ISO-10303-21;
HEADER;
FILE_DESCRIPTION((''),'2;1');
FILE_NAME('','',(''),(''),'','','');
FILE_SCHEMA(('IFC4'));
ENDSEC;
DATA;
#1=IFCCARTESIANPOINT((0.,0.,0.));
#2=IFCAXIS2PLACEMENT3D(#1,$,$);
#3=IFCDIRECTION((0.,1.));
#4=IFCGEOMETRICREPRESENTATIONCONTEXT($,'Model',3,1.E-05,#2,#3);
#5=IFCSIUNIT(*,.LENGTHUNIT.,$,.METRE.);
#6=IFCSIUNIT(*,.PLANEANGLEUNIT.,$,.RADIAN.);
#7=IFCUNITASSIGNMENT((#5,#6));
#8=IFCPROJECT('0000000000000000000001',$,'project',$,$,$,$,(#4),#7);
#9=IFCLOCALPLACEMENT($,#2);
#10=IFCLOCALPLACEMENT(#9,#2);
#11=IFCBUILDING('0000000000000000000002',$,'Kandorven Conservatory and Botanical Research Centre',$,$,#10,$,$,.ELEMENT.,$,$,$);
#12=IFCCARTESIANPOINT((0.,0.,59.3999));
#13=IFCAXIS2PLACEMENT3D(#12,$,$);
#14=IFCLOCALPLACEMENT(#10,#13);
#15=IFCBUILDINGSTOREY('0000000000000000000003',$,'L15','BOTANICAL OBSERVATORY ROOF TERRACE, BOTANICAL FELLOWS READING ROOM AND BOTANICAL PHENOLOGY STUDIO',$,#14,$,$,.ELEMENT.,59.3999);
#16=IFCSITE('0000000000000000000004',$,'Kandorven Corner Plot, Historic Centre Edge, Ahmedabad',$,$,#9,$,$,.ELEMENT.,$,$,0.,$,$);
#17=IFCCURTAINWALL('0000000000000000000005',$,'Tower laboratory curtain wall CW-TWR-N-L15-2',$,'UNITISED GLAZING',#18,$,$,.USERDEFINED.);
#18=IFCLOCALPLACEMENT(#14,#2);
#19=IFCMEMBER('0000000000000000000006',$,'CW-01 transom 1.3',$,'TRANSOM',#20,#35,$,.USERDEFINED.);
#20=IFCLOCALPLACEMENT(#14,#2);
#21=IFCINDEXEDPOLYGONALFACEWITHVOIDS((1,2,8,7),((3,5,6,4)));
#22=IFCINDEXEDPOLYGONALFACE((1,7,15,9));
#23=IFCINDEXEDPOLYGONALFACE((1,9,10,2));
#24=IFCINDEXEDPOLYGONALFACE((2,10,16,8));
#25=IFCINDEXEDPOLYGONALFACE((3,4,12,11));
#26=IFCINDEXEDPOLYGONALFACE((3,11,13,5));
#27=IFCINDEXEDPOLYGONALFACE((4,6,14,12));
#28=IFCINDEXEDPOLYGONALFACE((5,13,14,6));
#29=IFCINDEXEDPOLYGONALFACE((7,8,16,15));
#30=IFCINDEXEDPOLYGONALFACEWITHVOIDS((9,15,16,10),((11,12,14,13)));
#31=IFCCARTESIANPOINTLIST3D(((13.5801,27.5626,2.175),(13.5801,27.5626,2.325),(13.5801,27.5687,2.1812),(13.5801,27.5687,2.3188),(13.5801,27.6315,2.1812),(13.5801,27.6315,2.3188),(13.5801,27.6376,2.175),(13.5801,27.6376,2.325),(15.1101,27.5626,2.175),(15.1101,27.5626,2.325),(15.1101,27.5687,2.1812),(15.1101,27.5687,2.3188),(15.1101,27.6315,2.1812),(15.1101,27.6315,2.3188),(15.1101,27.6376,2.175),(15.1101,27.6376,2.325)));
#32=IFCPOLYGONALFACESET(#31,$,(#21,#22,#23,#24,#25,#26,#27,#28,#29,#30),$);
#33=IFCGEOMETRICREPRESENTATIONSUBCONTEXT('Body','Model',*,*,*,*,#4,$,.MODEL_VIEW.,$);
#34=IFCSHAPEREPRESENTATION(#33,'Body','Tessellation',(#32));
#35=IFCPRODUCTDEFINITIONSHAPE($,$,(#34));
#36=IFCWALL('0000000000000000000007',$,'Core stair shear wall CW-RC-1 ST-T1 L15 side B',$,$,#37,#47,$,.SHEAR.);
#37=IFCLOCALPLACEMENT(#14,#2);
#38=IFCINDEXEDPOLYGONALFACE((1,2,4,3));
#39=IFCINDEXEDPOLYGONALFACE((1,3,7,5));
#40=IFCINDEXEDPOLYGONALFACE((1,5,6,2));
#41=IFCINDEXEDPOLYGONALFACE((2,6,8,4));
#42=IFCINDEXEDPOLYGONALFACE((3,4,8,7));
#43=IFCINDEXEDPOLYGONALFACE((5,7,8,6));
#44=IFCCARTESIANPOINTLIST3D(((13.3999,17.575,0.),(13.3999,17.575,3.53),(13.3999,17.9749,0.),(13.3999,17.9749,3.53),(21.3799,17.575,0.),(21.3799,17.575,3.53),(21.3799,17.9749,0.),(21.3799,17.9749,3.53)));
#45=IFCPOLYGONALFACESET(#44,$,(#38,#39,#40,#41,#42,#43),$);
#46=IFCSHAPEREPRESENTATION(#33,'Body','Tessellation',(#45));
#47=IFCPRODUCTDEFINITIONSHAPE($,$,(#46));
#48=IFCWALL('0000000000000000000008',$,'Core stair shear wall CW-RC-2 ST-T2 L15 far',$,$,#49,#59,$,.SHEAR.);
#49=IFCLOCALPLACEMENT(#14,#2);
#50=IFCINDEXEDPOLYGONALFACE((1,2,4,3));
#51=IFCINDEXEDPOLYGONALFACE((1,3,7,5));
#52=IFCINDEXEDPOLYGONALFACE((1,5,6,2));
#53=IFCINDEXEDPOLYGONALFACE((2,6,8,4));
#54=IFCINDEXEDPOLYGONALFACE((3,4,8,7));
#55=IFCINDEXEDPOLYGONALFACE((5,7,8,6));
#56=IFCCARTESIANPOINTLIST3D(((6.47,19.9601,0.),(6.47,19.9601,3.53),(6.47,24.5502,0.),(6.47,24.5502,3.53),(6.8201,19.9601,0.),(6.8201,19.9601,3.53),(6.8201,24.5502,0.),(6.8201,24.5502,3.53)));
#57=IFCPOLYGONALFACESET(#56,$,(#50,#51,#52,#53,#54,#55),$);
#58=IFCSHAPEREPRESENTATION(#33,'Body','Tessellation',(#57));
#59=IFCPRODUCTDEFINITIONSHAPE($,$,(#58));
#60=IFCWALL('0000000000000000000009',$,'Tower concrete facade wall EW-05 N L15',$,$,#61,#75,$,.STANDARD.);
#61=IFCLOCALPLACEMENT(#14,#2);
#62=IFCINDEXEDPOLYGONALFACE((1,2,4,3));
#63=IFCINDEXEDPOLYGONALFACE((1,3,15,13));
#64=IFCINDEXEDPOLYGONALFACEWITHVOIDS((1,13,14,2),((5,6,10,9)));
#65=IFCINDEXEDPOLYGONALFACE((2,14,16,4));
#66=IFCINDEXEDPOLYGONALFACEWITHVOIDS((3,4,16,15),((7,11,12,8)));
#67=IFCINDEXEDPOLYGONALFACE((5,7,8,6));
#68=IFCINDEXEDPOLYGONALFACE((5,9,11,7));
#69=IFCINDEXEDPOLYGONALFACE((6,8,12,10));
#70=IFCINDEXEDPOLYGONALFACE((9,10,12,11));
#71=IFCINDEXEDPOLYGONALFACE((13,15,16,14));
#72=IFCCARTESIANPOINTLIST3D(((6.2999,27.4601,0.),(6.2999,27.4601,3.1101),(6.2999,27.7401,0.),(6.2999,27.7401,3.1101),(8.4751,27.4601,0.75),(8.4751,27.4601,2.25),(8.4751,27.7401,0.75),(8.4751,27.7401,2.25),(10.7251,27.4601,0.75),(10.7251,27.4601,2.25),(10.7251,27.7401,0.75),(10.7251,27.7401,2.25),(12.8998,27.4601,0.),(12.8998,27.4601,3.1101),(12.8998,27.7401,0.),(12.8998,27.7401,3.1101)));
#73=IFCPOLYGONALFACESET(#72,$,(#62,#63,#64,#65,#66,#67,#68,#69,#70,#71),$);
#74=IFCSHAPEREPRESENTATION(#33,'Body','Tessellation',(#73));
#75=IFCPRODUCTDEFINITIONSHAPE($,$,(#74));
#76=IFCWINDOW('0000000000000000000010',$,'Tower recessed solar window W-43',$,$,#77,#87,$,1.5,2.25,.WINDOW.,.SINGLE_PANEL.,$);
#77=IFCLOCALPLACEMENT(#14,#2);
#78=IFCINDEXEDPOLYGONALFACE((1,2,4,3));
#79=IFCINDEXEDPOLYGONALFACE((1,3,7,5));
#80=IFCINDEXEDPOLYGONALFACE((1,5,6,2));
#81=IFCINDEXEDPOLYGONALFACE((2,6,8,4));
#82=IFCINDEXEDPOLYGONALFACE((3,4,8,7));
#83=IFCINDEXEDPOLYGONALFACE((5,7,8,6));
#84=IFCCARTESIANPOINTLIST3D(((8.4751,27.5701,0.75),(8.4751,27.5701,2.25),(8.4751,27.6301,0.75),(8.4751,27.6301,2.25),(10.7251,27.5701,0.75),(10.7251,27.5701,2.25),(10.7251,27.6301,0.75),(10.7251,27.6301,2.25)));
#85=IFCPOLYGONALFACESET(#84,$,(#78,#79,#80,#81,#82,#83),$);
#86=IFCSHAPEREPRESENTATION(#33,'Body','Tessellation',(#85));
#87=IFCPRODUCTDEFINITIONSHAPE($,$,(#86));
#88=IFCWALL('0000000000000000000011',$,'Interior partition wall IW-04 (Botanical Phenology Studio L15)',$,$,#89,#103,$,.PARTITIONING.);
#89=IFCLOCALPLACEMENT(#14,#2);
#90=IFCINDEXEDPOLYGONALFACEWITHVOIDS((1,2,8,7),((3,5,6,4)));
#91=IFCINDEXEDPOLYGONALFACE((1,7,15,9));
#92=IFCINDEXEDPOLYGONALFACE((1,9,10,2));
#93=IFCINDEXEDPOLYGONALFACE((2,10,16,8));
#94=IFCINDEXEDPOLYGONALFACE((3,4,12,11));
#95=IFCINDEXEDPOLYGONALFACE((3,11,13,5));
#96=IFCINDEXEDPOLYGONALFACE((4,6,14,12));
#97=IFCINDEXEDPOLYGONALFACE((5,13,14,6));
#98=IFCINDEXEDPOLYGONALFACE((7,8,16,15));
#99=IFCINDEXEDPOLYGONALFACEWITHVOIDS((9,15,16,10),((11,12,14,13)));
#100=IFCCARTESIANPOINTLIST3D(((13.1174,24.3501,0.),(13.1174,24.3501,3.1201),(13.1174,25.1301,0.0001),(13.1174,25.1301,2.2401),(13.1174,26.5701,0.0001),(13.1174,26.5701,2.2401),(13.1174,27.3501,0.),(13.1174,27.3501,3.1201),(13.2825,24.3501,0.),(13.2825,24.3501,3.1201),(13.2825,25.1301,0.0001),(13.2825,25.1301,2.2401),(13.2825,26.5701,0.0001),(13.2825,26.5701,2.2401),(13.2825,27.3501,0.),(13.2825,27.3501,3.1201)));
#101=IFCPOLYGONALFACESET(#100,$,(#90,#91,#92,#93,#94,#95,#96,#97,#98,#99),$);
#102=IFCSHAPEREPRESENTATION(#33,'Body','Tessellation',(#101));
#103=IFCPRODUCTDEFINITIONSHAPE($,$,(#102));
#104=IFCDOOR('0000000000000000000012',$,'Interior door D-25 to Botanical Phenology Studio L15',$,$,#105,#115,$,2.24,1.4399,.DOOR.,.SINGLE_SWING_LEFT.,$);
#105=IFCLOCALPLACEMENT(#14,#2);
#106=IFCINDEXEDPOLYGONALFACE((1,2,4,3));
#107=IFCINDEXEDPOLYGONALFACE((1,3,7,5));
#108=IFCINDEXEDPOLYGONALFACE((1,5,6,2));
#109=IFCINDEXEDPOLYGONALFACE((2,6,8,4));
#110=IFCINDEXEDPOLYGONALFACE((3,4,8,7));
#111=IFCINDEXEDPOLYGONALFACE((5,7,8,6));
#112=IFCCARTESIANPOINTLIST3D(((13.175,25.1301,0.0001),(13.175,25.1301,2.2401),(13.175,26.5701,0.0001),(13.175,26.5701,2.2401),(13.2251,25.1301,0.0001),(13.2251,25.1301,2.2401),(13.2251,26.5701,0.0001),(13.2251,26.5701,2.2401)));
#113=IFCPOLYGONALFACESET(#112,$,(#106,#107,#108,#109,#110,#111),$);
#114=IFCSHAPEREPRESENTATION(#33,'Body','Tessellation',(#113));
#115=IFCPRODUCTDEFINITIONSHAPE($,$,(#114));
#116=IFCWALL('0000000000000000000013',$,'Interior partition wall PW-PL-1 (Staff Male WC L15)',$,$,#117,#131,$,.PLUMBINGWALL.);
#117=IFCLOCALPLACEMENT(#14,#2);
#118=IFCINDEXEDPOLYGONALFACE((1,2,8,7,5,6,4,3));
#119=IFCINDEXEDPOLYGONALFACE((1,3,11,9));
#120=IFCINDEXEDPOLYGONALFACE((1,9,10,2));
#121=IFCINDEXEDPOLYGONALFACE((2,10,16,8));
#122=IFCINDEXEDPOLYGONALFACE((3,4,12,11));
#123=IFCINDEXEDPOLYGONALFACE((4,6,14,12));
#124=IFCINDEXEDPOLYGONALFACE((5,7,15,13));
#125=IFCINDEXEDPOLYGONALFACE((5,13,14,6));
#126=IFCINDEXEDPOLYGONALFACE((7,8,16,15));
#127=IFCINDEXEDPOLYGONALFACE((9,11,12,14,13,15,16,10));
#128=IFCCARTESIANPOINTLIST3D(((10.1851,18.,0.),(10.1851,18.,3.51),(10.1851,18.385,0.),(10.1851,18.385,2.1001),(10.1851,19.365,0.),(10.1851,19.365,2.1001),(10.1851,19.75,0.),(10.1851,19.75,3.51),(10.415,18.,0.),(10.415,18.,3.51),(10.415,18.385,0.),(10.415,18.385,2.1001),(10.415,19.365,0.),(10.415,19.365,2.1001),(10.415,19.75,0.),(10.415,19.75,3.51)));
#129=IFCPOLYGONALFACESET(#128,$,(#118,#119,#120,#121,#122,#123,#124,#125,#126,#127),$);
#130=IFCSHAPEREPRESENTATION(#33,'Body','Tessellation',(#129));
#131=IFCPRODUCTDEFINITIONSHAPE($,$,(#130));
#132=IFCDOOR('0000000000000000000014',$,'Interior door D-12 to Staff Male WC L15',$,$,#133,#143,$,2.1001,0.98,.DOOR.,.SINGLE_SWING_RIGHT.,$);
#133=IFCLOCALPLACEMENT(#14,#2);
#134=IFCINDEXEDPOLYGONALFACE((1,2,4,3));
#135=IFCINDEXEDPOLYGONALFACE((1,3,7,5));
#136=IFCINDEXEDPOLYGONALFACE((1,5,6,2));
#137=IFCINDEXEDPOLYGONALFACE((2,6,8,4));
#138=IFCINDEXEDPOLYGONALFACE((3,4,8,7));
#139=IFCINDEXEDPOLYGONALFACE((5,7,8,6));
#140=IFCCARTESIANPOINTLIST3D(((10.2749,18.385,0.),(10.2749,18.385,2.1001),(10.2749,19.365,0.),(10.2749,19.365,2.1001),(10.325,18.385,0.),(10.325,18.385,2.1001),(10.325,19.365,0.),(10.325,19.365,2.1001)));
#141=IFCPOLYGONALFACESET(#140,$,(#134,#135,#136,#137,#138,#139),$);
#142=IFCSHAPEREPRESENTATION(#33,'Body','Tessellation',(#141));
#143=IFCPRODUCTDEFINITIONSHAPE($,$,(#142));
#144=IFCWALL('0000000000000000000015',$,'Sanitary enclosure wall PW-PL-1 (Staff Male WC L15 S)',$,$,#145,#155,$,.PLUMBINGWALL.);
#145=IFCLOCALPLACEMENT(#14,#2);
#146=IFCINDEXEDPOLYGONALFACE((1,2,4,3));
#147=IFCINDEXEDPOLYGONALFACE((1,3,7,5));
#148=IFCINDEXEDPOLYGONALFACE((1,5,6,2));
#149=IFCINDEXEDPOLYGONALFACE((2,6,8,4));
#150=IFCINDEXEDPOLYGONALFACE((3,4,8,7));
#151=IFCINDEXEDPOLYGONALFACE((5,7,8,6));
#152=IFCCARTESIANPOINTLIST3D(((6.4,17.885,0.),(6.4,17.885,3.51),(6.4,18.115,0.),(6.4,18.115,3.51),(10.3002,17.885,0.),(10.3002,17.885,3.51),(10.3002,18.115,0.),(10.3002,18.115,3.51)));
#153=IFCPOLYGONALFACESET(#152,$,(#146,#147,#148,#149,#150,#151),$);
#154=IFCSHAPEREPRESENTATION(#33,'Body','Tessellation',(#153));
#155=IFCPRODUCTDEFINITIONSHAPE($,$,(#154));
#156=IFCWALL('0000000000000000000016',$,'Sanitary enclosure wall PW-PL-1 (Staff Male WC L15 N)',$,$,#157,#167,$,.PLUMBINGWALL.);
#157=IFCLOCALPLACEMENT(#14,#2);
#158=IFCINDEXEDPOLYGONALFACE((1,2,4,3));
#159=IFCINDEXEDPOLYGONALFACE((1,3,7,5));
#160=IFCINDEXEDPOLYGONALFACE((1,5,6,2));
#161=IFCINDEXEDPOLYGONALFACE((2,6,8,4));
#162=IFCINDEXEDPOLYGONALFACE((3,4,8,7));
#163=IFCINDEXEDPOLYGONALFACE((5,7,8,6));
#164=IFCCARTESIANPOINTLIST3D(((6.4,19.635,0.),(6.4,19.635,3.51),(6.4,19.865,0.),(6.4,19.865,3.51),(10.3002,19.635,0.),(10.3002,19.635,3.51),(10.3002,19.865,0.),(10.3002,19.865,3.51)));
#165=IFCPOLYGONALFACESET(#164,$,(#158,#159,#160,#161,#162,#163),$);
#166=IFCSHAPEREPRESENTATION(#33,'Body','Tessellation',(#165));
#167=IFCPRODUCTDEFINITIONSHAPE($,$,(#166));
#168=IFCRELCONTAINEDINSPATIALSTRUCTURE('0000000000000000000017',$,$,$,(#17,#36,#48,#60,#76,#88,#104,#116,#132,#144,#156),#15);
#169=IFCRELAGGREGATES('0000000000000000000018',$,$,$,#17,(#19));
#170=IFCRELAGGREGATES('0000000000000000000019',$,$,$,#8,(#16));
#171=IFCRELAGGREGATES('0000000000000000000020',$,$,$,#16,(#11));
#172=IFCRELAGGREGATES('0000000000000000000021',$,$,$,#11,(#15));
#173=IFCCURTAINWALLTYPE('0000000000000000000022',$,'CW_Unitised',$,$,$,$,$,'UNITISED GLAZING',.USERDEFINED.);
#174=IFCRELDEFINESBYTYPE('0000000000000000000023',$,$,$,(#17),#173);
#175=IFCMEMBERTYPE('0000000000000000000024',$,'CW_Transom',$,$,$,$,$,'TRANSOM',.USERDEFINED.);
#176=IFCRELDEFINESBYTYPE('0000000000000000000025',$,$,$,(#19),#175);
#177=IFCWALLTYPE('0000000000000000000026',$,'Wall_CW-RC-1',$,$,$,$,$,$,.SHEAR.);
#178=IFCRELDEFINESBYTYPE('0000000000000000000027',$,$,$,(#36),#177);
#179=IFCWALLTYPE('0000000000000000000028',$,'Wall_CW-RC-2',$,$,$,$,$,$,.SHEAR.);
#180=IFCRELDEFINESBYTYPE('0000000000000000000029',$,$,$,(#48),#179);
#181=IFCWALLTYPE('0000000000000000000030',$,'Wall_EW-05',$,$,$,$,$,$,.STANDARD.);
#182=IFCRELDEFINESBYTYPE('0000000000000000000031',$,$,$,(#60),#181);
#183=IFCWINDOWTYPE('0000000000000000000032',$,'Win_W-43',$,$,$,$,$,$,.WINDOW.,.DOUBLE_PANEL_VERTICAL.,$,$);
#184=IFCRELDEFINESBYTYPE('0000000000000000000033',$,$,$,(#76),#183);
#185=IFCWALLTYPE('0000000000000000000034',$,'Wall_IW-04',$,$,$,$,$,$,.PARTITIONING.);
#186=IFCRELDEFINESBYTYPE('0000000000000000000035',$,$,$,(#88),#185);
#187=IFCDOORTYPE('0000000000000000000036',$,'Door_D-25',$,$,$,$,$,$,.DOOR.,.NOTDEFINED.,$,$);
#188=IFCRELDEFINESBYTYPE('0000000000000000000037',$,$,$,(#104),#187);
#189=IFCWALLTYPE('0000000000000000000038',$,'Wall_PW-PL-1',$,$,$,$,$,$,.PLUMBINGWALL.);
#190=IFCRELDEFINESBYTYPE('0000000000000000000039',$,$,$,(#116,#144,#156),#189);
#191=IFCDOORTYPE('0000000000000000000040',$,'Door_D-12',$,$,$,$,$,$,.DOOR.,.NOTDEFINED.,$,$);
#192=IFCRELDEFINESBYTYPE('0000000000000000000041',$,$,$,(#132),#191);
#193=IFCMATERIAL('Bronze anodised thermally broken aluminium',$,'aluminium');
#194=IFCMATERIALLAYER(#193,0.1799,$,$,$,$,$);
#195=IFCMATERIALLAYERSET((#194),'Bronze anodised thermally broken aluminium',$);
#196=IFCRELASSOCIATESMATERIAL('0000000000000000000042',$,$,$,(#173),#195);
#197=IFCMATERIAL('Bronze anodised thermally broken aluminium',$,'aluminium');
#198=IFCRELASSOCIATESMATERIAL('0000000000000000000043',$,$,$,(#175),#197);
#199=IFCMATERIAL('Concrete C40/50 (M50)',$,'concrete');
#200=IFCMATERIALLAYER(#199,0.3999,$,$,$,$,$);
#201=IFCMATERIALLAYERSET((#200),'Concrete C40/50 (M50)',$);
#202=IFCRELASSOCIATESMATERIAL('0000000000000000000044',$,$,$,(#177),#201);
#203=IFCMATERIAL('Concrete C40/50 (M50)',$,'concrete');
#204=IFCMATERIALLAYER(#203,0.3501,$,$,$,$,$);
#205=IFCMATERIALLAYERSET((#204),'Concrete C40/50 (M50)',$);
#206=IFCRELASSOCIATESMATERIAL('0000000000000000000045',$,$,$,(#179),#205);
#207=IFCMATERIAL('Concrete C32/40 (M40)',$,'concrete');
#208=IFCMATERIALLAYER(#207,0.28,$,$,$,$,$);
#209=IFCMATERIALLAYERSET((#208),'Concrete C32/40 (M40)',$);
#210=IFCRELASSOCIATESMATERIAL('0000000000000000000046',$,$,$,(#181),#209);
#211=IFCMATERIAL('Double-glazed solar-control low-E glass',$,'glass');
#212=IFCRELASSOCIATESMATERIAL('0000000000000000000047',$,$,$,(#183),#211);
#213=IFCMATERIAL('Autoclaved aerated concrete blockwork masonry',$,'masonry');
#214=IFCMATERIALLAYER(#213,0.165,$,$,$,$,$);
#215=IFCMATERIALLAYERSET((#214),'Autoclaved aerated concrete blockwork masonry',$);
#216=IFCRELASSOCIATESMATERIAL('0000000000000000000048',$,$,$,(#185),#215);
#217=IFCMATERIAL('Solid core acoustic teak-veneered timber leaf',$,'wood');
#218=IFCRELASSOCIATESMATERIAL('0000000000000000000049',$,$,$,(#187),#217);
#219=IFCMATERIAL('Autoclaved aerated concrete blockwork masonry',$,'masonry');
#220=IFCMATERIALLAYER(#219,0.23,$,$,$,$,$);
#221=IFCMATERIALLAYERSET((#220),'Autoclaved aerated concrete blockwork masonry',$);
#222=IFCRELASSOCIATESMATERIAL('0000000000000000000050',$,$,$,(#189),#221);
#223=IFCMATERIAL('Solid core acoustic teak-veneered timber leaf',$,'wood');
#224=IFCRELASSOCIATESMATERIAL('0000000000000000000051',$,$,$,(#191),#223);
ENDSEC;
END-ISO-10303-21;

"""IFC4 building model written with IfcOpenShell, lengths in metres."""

from ifc_helpers import new_model, si_unit, direction, frame, frame_2d, origin, origin_2d, place, context, subcontext, project, spatial, rectangle, hollow_rectangle, extrude, material, layer, layer_set, material_profile, profile_set, type_object, element, fill, aggregate, save


model = new_model("IFC4")

# Units and contexts
model_context = context("Model", 3, precision=1e-05, world=origin(), true_north=direction((0.0, 1.0)))
body_context = subcontext(model_context, "Body", "Model", "MODEL_VIEW")
ifc_project = project(units=[si_unit("LENGTHUNIT", "METRE"), si_unit("PLANEANGLEUNIT", "RADIAN")], contexts=[model_context])

# Site, building, storey
site_placement = place(None, origin())
site = spatial("IfcSite", under=ifc_project, at=site_placement, Name="Kandorven Corner Plot, Historic Centre Edge, Ahmedabad", CompositionType="ELEMENT", RefElevation=0.0)
building_placement = place(site_placement, origin())
building = spatial("IfcBuilding", under=site, at=building_placement, Name="Kandorven Conservatory and Botanical Research Centre", CompositionType="ELEMENT")
storey_placement = place(building_placement, frame((0.0, 0.0, 59.3999)))
storey = spatial("IfcBuildingStorey", under=building, at=storey_placement, Name="L15", Description="BOTANICAL OBSERVATORY ROOF TERRACE, BOTANICAL FELLOWS READING ROOM AND BOTANICAL PHENOLOGY STUDIO", CompositionType="ELEMENT", Elevation=59.3999)

# Curtain wall, member
ifc_material_1 = material(Name="Bronze anodised thermally broken aluminium", Category="aluminium")
ifc_layer_1 = layer(ifc_material_1, 0.1799)
ifc_layer_set_1 = layer_set([ifc_layer_1], Name="Bronze anodised thermally broken aluminium")
curtain_wall_type = type_object("IfcCurtainWallType", Name="CW_Unitised", ElementType="UNITISED GLAZING", PredefinedType="USERDEFINED", material=ifc_layer_set_1)
curtain_wall_placement = place(storey_placement, origin())
curtain_wall = element("IfcCurtainWall", 1, at=curtain_wall_placement, inside=storey, type_object=curtain_wall_type, Name="Tower laboratory curtain wall CW-TWR-N-L15-2", ObjectType="UNITISED GLAZING", PredefinedType="USERDEFINED")
ifc_material_2 = material(Name="Bronze anodised thermally broken aluminium", Category="aluminium")
ifc_material_profile_1 = material_profile(ifc_material_2, hollow_rectangle(XDim=0.075, YDim=0.1499, WallThickness=0.0061, at=origin_2d()))
ifc_profile_set_1 = profile_set([ifc_material_profile_1], Name="Bronze anodised thermally broken aluminium")
member_type_1 = type_object("IfcMemberType", Name="CW_Transom", ElementType="TRANSOM", PredefinedType="USERDEFINED", material=ifc_profile_set_1)
member_1_placement = place(storey_placement, frame((13.5801, 27.6001, 2.25), z_axis=(1.0, 0.0, 0.0), x_axis=(0.0, 1.0, 0.0)))
member_1 = element("IfcMember", 2, at=member_1_placement, type_object=member_type_1, Name="CW-01 transom 1.3", ObjectType="TRANSOM", PredefinedType="USERDEFINED", context=body_context, shape_type="SweptSolid", body=[
    extrude(hollow_rectangle(XDim=0.075, YDim=0.1499, WallThickness=0.0061, at=origin_2d()), origin(), (0.0, 0.0, 1.0), 1.53),
])
aggregate(curtain_wall, [member_1])

# Walls
ifc_material_3 = material(Name="Concrete C40/50 (M50)", Category="concrete")
ifc_layer_2 = layer(ifc_material_3, 0.3999)
ifc_layer_set_2 = layer_set([ifc_layer_2], Name="Concrete C40/50 (M50)")
wall_type_1 = type_object("IfcWallType", Name="Wall_CW-RC-1", PredefinedType="SHEAR", material=ifc_layer_set_2)
wall_1_placement = place(storey_placement, frame((13.3999, 17.7749, 0.0), z_axis=(0.0, 0.0, 1.0), x_axis=(1.0, 0.0, 0.0)))
element("IfcWall", 3, at=wall_1_placement, inside=storey, type_object=wall_type_1, Name="Core stair shear wall CW-RC-1 ST-T1 L15 side B", PredefinedType="SHEAR", context=body_context, shape_type="SweptSolid", body=[
    extrude(rectangle(XDim=7.98, YDim=0.3999, at=frame_2d((3.99, 0.0))), origin(), (0.0, 0.0, 1.0), 3.53),
])
ifc_material_4 = material(Name="Concrete C40/50 (M50)", Category="concrete")
ifc_layer_3 = layer(ifc_material_4, 0.3501)
ifc_layer_set_3 = layer_set([ifc_layer_3], Name="Concrete C40/50 (M50)")
wall_type_2 = type_object("IfcWallType", Name="Wall_CW-RC-2", PredefinedType="SHEAR", material=ifc_layer_set_3)
wall_2_placement = place(storey_placement, frame((6.645, 24.55, 0.0), z_axis=(0.0, 0.0, 1.0), x_axis=(0.0, -1.0, 0.0)))
element("IfcWall", 4, at=wall_2_placement, inside=storey, type_object=wall_type_2, Name="Core stair shear wall CW-RC-2 ST-T2 L15 far", PredefinedType="SHEAR", context=body_context, shape_type="SweptSolid", body=[
    extrude(rectangle(XDim=4.5901, YDim=0.3501, at=frame_2d((2.2949, 0.0))), origin(), (0.0, 0.0, 1.0), 3.53),
])

# Wall, opening, window
ifc_material_5 = material(Name="Concrete C32/40 (M40)", Category="concrete")
ifc_layer_4 = layer(ifc_material_5, 0.28)
ifc_layer_set_4 = layer_set([ifc_layer_4], Name="Concrete C32/40 (M40)")
wall_type_3 = type_object("IfcWallType", Name="Wall_EW-05", PredefinedType="STANDARD", material=ifc_layer_set_4)
wall_3_placement = place(storey_placement, frame((6.3, 27.6001, 0.0), z_axis=(0.0, 0.0, 1.0), x_axis=(1.0, 0.0, 0.0)))
wall_3 = element("IfcWall", 5, at=wall_3_placement, inside=storey, type_object=wall_type_3, Name="Tower concrete facade wall EW-05 N L15", PredefinedType="STANDARD", context=body_context, shape_type="SweptSolid", body=[
    extrude(rectangle(XDim=6.5999, YDim=0.28, at=frame_2d((3.2998, 0.0))), origin(), (0.0, 0.0, 1.0), 3.1101),
])
opening_1_placement = place(wall_3_placement, frame((2.175, 0.0, 0.75)))
opening_1 = element("IfcOpeningElement", 6, at=opening_1_placement, cuts=wall_3, PredefinedType="OPENING", context=body_context, shape_type="SweptSolid", body=[
    extrude(rectangle(XDim=2.25, YDim=1.5, at=frame_2d((1.125, 0.75))), frame((0.0, 0.1499, 0.0), z_axis=(0.0, -1.0, 0.0), x_axis=(1.0, 0.0, 0.0)), (0.0, 0.0, 1.0), 0.3),
])
ifc_material_6 = material(Name="Double-glazed solar-control low-E glass", Category="glass")
window_type = type_object("IfcWindowType", Name="Win_W-43", PartitioningType="DOUBLE_PANEL_VERTICAL", PredefinedType="WINDOW", material=ifc_material_6)
window_placement = place(opening_1_placement, origin())
window = element("IfcWindow", 7, at=window_placement, inside=storey, type_object=window_type, Name="Tower recessed solar window W-43", OverallHeight=1.5, OverallWidth=2.25, PartitioningType="SINGLE_PANEL", PredefinedType="WINDOW", context=body_context, shape_type="SweptSolid", body=[
    extrude(rectangle(XDim=2.25, YDim=1.5, at=frame_2d((1.125, 0.75))), frame((0.0, 0.03, 0.0), z_axis=(0.0, -1.0, 0.0), x_axis=(1.0, 0.0, 0.0)), (0.0, 0.0, 1.0), 0.0601),
])
fill(opening_1, window)

# Walls, openings, doors
ifc_material_7 = material(Name="Autoclaved aerated concrete blockwork masonry", Category="masonry")
ifc_layer_5 = layer(ifc_material_7, 0.165)
ifc_layer_set_5 = layer_set([ifc_layer_5], Name="Autoclaved aerated concrete blockwork masonry")
wall_type_4 = type_object("IfcWallType", Name="Wall_IW-04", PredefinedType="PARTITIONING", material=ifc_layer_set_5)
wall_4_placement = place(storey_placement, frame((13.2, 24.3501, 0.0), z_axis=(0.0, 0.0, 1.0), x_axis=(0.0, 1.0, 0.0)))
wall_4 = element("IfcWall", 8, at=wall_4_placement, inside=storey, type_object=wall_type_4, Name="Interior partition wall IW-04 (Botanical Phenology Studio L15)", PredefinedType="PARTITIONING", context=body_context, shape_type="SweptSolid", body=[
    extrude(rectangle(XDim=3.0, YDim=0.165, at=frame_2d((1.5, 0.0))), origin(), (0.0, 0.0, 1.0), 3.1201),
])
opening_2_placement = place(wall_4_placement, frame((0.78, 0.0, 0.0)))
opening_2 = element("IfcOpeningElement", 9, at=opening_2_placement, cuts=wall_4, PredefinedType="OPENING", context=body_context, shape_type="SweptSolid", body=[
    extrude(rectangle(XDim=1.4399, YDim=2.24, at=frame_2d((0.72, 1.1201))), frame((0.0, 0.0925, 0.0), z_axis=(0.0, -1.0, 0.0), x_axis=(1.0, 0.0, 0.0)), (0.0, 0.0, 1.0), 0.1851),
])
ifc_material_8 = material(Name="Solid core acoustic teak-veneered timber leaf", Category="wood")
door_type_1 = type_object("IfcDoorType", Name="Door_D-25", OperationType="NOTDEFINED", PredefinedType="DOOR", material=ifc_material_8)
door_1_placement = place(opening_2_placement, origin())
door_1 = element("IfcDoor", 10, at=door_1_placement, inside=storey, type_object=door_type_1, Name="Interior door D-25 to Botanical Phenology Studio L15", OperationType="SINGLE_SWING_LEFT", OverallHeight=2.24, OverallWidth=1.4399, PredefinedType="DOOR", context=body_context, shape_type="SweptSolid", body=[
    extrude(rectangle(XDim=1.4399, YDim=2.24, at=frame_2d((0.72, 1.1201))), frame((0.0, 0.0249, 0.0), z_axis=(0.0, -1.0, 0.0), x_axis=(1.0, 0.0, 0.0)), (0.0, 0.0, 1.0), 0.05),
])
fill(opening_2, door_1)
ifc_material_9 = material(Name="Autoclaved aerated concrete blockwork masonry", Category="masonry")
ifc_layer_6 = layer(ifc_material_9, 0.23)
ifc_layer_set_6 = layer_set([ifc_layer_6], Name="Autoclaved aerated concrete blockwork masonry")
wall_type_5 = type_object("IfcWallType", Name="Wall_PW-PL-1", PredefinedType="PLUMBINGWALL", material=ifc_layer_set_6)
wall_5_placement = place(storey_placement, frame((10.3, 18.0, 0.0), z_axis=(0.0, 0.0, 1.0), x_axis=(0.0, 1.0, 0.0)))
wall_5 = element("IfcWall", 11, at=wall_5_placement, inside=storey, type_object=wall_type_5, Name="Interior partition wall PW-PL-1 (Staff Male WC L15)", PredefinedType="PLUMBINGWALL", context=body_context, shape_type="SweptSolid", body=[
    extrude(rectangle(XDim=1.75, YDim=0.23, at=frame_2d((0.875, 0.0))), origin(), (0.0, 0.0, 1.0), 3.51),
])
opening_3_placement = place(wall_5_placement, frame((0.385, 0.0, 0.0)))
opening_3 = element("IfcOpeningElement", 12, at=opening_3_placement, cuts=wall_5, PredefinedType="OPENING", context=body_context, shape_type="SweptSolid", body=[
    extrude(rectangle(XDim=0.98, YDim=2.1001, at=frame_2d((0.49, 1.05))), frame((0.0, 0.125, 0.0), z_axis=(0.0, -1.0, 0.0), x_axis=(1.0, 0.0, 0.0)), (0.0, 0.0, 1.0), 0.25),
])
ifc_material_10 = material(Name="Solid core acoustic teak-veneered timber leaf", Category="wood")
door_type_2 = type_object("IfcDoorType", Name="Door_D-12", OperationType="NOTDEFINED", PredefinedType="DOOR", material=ifc_material_10)
door_2_placement = place(opening_3_placement, frame((0.98, 0.0, 0.0), z_axis=(0.0, 0.0, 1.0), x_axis=(-1.0, 0.0, 0.0)))
door_2 = element("IfcDoor", 13, at=door_2_placement, inside=storey, type_object=door_type_2, Name="Interior door D-12 to Staff Male WC L15", OperationType="SINGLE_SWING_RIGHT", OverallHeight=2.1001, OverallWidth=0.98, PredefinedType="DOOR", context=body_context, shape_type="SweptSolid", body=[
    extrude(rectangle(XDim=0.98, YDim=2.1001, at=frame_2d((0.49, 1.05))), frame((0.0, 0.0249, 0.0), z_axis=(0.0, -1.0, 0.0), x_axis=(1.0, 0.0, 0.0)), (0.0, 0.0, 1.0), 0.05),
])
fill(opening_3, door_2)

# Walls
for number, where, z_axis, x_axis, name in (
    (14, (6.3999, 18.0, 0.0), (0.0, 0.0, 1.0), (1.0, 0.0, 0.0), "Sanitary enclosure wall PW-PL-1 (Staff Male WC L15 S)"),
    (15, (6.3999, 19.75, 0.0), (0.0, 0.0, 1.0), (1.0, 0.0, 0.0), "Sanitary enclosure wall PW-PL-1 (Staff Male WC L15 N)"),
):
    element("IfcWall", number, at=place(storey_placement, frame(where, z_axis=z_axis, x_axis=x_axis)), inside=storey, type_object=wall_type_5, Name=name, PredefinedType="PLUMBINGWALL", context=body_context, shape_type="SweptSolid", body=[
        extrude(rectangle(XDim=3.9001, YDim=0.23, at=frame_2d((1.9502, 0.0))), origin(), (0.0, 0.0, 1.0), 3.51),
    ])

save(model, "model.ifc")
